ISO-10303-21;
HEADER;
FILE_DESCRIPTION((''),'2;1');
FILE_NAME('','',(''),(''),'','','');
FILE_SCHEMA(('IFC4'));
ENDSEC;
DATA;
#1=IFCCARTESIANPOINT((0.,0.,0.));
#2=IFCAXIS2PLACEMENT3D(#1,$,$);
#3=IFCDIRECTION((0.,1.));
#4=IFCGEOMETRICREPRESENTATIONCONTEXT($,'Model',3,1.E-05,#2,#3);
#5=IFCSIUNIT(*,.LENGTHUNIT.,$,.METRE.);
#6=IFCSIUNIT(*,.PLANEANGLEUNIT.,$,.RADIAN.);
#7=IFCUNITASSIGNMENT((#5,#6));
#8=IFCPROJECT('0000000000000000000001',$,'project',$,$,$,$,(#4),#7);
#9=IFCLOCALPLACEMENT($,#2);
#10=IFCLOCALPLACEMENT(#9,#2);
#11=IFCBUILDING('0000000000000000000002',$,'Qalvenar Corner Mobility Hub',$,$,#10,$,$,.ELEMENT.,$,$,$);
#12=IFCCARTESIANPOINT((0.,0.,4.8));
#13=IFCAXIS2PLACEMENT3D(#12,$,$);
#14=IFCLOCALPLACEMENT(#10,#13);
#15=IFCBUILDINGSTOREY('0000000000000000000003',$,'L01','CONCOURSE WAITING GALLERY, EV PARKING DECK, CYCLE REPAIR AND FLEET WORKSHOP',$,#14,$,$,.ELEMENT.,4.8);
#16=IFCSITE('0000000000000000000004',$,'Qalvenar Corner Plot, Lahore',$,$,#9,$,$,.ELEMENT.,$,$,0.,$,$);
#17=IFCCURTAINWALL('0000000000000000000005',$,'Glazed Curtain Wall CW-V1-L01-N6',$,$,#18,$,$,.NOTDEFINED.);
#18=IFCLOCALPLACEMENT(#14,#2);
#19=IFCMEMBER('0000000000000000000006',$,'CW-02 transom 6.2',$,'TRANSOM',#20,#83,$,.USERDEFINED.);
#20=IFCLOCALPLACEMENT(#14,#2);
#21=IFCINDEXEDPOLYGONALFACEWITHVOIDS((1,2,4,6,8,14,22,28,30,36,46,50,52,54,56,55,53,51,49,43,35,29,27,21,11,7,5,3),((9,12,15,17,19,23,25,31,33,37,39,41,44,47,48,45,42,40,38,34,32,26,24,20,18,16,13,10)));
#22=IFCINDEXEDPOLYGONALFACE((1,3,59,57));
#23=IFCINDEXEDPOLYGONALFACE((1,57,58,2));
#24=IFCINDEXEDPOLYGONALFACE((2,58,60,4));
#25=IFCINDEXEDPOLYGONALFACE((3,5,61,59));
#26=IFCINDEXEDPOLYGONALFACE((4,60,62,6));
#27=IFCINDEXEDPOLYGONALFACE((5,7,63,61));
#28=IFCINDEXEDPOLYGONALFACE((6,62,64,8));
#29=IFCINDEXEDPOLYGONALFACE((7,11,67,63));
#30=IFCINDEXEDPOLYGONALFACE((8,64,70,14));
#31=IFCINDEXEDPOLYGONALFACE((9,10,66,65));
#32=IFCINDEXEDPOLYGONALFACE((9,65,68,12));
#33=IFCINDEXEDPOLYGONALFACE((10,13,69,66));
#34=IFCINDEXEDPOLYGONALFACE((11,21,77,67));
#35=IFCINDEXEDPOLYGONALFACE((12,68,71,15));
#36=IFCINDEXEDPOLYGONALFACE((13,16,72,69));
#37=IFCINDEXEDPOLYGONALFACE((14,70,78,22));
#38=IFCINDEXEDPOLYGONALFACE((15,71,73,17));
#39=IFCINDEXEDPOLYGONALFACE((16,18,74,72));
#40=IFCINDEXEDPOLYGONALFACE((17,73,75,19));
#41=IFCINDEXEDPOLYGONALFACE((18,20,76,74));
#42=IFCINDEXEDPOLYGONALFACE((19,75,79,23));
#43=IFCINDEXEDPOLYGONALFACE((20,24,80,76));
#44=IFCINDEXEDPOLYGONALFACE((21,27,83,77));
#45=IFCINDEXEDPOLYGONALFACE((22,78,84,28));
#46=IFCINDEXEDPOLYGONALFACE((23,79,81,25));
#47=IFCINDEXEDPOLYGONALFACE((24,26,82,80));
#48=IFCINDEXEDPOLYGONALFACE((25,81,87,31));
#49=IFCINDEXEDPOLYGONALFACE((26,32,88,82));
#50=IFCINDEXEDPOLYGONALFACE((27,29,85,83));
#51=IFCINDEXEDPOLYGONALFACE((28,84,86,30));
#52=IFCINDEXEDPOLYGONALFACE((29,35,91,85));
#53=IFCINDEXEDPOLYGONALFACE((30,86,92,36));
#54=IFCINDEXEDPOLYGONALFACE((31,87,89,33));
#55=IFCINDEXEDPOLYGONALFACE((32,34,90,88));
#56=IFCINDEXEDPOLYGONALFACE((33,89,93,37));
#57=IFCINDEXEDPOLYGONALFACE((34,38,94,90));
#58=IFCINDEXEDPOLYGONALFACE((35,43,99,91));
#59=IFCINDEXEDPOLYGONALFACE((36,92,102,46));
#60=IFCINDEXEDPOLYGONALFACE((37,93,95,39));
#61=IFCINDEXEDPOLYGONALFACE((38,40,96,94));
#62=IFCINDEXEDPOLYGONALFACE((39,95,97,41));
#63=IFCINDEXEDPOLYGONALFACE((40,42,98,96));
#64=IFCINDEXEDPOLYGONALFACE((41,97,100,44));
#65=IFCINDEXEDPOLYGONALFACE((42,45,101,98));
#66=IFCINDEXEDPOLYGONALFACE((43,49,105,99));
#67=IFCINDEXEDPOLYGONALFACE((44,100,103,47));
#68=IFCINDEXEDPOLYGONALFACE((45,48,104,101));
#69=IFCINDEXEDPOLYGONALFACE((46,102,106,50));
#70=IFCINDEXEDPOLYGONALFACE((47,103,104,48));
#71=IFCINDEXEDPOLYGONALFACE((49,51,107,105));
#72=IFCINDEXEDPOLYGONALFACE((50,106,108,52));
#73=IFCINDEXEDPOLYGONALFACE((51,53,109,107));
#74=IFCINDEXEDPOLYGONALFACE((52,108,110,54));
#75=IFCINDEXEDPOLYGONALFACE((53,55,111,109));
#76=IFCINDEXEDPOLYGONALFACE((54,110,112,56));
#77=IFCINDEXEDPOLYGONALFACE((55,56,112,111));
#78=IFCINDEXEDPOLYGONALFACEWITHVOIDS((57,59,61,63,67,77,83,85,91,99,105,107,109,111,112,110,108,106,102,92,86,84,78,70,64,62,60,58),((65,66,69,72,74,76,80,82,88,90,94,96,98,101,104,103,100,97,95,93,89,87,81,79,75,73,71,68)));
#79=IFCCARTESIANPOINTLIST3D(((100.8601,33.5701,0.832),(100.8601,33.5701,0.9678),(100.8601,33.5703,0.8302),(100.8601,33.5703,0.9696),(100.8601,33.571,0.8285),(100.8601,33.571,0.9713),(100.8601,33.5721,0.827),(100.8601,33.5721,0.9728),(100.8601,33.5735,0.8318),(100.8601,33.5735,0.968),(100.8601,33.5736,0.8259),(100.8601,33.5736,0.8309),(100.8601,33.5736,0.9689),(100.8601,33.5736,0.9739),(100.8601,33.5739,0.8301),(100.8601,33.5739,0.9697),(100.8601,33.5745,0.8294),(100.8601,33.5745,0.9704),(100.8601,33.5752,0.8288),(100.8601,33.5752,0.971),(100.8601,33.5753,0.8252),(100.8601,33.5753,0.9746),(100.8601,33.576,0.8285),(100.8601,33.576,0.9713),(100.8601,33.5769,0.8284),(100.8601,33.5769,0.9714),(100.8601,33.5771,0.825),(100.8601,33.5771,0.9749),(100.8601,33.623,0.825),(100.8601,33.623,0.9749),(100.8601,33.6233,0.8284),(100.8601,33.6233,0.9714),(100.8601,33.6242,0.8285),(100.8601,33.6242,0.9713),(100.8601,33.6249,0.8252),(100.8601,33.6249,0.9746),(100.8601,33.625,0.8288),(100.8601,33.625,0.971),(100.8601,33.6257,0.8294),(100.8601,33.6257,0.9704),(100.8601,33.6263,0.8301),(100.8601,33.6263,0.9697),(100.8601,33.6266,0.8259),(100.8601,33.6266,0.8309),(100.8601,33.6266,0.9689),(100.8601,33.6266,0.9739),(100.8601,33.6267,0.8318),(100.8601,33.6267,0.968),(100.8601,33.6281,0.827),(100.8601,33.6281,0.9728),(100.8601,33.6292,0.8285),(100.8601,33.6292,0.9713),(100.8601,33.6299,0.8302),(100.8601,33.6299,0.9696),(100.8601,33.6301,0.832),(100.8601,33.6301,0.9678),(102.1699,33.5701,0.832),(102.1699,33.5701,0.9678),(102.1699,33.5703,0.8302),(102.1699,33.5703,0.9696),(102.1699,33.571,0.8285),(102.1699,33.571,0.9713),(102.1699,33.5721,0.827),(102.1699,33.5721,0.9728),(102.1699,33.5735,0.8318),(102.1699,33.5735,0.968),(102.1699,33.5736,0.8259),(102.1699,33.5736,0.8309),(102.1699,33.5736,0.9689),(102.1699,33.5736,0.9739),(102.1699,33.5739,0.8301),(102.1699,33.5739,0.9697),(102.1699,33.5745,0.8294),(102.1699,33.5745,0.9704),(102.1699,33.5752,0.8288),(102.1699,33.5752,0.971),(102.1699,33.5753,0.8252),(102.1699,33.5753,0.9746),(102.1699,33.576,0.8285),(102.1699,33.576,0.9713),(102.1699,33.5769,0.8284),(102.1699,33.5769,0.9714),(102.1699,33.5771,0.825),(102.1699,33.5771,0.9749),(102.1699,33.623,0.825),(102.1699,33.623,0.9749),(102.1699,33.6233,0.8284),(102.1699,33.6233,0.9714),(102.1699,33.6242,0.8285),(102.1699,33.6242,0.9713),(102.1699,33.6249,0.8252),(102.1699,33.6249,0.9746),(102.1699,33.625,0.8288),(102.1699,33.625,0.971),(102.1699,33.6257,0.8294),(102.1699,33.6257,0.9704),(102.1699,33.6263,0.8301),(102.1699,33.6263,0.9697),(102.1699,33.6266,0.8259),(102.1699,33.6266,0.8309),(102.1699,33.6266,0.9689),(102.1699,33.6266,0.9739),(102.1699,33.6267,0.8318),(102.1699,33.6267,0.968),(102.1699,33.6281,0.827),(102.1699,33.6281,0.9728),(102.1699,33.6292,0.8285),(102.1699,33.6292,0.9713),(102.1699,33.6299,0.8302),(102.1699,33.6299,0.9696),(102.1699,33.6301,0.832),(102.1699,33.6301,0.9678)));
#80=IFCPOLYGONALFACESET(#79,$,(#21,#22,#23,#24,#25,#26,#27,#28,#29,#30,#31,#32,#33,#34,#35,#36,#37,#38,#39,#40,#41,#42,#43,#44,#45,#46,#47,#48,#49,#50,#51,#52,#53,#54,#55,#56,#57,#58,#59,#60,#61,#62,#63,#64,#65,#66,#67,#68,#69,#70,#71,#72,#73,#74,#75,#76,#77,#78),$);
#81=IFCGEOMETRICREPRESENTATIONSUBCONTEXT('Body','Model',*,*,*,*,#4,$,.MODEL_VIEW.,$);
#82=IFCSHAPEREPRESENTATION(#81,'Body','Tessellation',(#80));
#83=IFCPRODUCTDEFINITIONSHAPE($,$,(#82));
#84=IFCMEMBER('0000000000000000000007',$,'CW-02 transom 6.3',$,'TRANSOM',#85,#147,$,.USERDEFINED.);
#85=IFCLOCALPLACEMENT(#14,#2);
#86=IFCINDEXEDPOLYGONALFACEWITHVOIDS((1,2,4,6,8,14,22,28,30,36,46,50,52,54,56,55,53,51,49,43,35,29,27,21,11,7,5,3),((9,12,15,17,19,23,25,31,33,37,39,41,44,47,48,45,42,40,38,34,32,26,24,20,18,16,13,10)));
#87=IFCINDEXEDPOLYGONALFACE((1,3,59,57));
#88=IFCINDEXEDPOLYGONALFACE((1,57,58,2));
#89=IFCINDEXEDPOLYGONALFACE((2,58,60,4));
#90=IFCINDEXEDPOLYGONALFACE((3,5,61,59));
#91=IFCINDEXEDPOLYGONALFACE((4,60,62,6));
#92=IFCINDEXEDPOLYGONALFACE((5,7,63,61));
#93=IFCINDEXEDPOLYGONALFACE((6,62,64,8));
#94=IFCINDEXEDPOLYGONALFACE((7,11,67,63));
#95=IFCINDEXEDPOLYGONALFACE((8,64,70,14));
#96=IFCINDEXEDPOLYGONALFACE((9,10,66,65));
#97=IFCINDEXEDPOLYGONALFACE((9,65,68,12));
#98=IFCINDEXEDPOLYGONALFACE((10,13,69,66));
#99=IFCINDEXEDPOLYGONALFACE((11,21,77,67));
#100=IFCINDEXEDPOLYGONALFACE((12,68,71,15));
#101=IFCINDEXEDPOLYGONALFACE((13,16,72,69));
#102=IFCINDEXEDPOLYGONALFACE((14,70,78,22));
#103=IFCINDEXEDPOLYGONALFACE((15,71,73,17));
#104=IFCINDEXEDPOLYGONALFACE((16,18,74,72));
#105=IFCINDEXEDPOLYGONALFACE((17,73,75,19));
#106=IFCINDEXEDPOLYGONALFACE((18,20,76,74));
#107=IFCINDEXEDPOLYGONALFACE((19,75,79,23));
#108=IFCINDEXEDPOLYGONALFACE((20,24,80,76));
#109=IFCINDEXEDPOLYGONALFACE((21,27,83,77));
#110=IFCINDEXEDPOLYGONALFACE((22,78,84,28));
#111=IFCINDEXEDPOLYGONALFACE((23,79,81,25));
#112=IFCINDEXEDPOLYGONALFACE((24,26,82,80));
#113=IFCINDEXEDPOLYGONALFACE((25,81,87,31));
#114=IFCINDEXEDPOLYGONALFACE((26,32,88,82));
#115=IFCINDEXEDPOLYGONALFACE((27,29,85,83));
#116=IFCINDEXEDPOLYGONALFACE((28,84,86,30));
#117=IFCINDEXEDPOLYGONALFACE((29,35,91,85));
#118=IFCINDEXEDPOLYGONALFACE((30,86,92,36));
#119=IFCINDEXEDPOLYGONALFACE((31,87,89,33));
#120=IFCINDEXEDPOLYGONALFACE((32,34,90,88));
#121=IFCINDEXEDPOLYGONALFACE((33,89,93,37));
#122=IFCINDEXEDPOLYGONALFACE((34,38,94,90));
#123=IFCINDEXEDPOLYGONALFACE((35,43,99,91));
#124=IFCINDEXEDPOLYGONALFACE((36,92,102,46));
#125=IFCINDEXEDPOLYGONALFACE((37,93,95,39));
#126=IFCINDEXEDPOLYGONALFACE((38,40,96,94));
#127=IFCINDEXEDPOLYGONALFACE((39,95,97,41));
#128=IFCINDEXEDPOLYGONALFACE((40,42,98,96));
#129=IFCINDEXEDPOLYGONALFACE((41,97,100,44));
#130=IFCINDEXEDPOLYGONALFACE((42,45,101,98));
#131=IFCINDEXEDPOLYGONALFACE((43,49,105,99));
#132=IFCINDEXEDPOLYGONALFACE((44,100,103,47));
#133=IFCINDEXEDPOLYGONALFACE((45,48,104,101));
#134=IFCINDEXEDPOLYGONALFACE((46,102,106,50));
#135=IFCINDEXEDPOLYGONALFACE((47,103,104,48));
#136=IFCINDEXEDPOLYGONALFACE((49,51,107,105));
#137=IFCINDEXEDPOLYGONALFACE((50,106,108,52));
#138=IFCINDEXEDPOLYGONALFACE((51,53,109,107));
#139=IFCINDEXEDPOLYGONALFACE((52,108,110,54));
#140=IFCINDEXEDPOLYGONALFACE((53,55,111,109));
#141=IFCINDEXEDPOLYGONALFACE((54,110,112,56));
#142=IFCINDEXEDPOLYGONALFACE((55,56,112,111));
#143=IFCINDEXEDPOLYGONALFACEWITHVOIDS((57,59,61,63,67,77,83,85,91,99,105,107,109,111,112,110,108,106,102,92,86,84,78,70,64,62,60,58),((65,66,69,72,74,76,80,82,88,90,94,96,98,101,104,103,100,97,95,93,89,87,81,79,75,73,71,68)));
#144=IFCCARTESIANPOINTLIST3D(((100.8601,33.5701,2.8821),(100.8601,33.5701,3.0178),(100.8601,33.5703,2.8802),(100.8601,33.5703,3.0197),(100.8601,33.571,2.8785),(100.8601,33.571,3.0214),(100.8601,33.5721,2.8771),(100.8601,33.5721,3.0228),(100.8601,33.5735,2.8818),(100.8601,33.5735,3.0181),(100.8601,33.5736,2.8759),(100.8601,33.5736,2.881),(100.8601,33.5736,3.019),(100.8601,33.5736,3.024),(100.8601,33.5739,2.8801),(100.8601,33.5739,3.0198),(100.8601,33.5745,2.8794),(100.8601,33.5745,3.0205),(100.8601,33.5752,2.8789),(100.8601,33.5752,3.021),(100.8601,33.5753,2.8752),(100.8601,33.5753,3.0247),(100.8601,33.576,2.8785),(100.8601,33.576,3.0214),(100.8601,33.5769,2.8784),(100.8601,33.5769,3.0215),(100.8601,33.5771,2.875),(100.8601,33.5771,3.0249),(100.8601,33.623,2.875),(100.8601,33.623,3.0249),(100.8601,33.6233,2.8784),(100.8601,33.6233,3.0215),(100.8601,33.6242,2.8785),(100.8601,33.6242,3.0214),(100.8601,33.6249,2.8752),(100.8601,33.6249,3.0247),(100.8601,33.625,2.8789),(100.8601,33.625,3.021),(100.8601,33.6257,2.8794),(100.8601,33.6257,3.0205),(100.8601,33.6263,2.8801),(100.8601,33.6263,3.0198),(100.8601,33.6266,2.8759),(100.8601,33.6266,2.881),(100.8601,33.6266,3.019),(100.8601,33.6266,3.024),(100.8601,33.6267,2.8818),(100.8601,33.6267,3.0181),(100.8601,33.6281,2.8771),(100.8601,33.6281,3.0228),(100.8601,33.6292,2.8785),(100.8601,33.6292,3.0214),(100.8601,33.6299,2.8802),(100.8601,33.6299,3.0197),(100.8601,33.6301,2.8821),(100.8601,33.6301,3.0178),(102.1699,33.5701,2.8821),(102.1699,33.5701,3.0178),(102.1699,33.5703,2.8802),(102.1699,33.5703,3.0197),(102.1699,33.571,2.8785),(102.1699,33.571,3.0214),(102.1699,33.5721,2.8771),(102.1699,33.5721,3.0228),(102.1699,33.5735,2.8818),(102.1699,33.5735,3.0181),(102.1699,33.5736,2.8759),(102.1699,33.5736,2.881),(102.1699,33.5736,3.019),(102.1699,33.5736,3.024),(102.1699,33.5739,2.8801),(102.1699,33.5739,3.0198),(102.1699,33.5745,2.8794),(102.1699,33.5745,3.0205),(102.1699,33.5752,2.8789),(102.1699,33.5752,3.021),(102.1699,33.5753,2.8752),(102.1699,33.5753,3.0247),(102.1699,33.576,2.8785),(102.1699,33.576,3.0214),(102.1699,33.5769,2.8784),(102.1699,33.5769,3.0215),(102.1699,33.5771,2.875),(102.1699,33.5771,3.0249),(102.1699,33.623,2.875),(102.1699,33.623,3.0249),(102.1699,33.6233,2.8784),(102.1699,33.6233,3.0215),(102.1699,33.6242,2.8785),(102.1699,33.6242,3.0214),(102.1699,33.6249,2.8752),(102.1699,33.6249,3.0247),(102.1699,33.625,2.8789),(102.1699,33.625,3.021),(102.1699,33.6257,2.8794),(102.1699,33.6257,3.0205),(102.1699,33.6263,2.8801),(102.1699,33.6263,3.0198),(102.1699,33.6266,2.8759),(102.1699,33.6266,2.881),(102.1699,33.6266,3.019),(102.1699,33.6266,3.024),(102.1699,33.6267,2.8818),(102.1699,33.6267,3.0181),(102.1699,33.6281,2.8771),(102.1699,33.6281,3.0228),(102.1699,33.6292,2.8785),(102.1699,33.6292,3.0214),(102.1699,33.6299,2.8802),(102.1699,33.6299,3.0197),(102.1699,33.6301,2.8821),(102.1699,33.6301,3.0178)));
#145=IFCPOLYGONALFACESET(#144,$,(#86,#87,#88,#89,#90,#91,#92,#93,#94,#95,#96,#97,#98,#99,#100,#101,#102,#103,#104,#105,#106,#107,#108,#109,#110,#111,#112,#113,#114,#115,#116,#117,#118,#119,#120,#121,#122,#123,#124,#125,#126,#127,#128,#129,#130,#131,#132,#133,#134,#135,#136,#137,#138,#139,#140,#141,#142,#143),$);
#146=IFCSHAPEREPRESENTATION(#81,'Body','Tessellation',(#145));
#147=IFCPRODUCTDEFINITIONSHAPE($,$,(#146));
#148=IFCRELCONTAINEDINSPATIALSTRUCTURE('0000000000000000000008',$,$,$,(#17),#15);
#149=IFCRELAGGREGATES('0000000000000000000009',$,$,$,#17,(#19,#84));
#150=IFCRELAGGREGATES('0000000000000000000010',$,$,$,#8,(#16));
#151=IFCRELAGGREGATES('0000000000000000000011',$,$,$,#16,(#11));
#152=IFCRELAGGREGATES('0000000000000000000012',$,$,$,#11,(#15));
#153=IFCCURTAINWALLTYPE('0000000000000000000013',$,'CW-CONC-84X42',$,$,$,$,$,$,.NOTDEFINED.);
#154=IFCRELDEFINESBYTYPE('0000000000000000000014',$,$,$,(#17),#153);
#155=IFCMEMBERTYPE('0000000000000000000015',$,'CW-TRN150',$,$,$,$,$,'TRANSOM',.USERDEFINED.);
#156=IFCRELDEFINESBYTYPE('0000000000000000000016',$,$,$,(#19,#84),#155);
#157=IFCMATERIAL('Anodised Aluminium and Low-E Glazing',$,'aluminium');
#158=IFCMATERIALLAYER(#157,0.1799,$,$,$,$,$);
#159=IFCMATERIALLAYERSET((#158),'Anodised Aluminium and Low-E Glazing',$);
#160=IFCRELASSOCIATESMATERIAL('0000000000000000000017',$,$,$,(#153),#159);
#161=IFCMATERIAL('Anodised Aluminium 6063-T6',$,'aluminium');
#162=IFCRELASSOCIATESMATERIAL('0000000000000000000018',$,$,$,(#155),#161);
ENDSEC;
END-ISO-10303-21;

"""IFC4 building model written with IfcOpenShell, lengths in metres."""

from ifc_helpers import new_model, si_unit, direction, frame, origin, origin_2d, place, context, subcontext, project, spatial, hollow_rectangle, extrude, material, layer, layer_set, material_profile, profile_set, type_object, element, aggregate, save


model = new_model("IFC4")

# Units and contexts
model_context = context("Model", 3, precision=1e-05, world=origin(), true_north=direction((0.0, 1.0)))
body_context = subcontext(model_context, "Body", "Model", "MODEL_VIEW")
ifc_project = project(units=[si_unit("LENGTHUNIT", "METRE"), si_unit("PLANEANGLEUNIT", "RADIAN")], contexts=[model_context])

# Site, building, storey
site_placement = place(None, origin())
site = spatial("IfcSite", under=ifc_project, at=site_placement, Name="Qalvenar Corner Plot, Lahore", CompositionType="ELEMENT", RefElevation=0.0)
building_placement = place(site_placement, origin())
building = spatial("IfcBuilding", under=site, at=building_placement, Name="Qalvenar Corner Mobility Hub", CompositionType="ELEMENT")
storey_placement = place(building_placement, frame((0.0, 0.0, 4.8)))
storey = spatial("IfcBuildingStorey", under=building, at=storey_placement, Name="L01", Description="CONCOURSE WAITING GALLERY, EV PARKING DECK, CYCLE REPAIR AND FLEET WORKSHOP", CompositionType="ELEMENT", Elevation=4.8)

# Curtain wall, members
ifc_material_1 = material(Name="Anodised Aluminium and Low-E Glazing", Category="aluminium")
ifc_layer_1 = layer(ifc_material_1, 0.1799)
ifc_layer_set_1 = layer_set([ifc_layer_1], Name="Anodised Aluminium and Low-E Glazing")
curtain_wall_type = type_object("IfcCurtainWallType", Name="CW-CONC-84X42", PredefinedType="NOTDEFINED", material=ifc_layer_set_1)
curtain_wall_placement = place(storey_placement, origin())
curtain_wall = element("IfcCurtainWall", 1, at=curtain_wall_placement, inside=storey, type_object=curtain_wall_type, Name="Glazed Curtain Wall CW-V1-L01-N6", PredefinedType="NOTDEFINED")
ifc_material_2 = material(Name="Anodised Aluminium 6063-T6", Category="aluminium")
ifc_material_profile_1 = material_profile(ifc_material_2, hollow_rectangle(XDim=0.0601, YDim=0.1499, WallThickness=0.0034, InnerFilletRadius=0.0034, OuterFilletRadius=0.0071, at=origin_2d()), Name="RHS150x60x3.5")
ifc_profile_set_1 = profile_set([ifc_material_profile_1], Name="Anodised Aluminium 6063-T6")
member_type_1 = type_object("IfcMemberType", Name="CW-TRN150", ElementType="TRANSOM", PredefinedType="USERDEFINED", material=ifc_profile_set_1)
member_1_placement = place(storey_placement, frame((102.1699, 33.6001, 0.8999), z_axis=(-1.0, 0.0, 0.0), x_axis=(0.0, -1.0, 0.0)))
member_1 = element("IfcMember", 2, at=member_1_placement, type_object=member_type_1, Name="CW-02 transom 6.2", ObjectType="TRANSOM", PredefinedType="USERDEFINED", context=body_context, shape_type="SweptSolid", body=[
    extrude(hollow_rectangle(XDim=0.0601, YDim=0.1499, WallThickness=0.0034, InnerFilletRadius=0.0034, OuterFilletRadius=0.0071, at=origin_2d()), origin(), (0.0, 0.0, 1.0), 1.3098),
])
member_2_placement = place(storey_placement, frame((102.1699, 33.6001, 2.95), z_axis=(-1.0, 0.0, 0.0), x_axis=(0.0, -1.0, 0.0)))
member_2 = element("IfcMember", 3, at=member_2_placement, type_object=member_type_1, Name="CW-02 transom 6.3", ObjectType="TRANSOM", PredefinedType="USERDEFINED", context=body_context, shape_type="SweptSolid", body=[
    extrude(hollow_rectangle(XDim=0.0601, YDim=0.1499, WallThickness=0.0034, InnerFilletRadius=0.0034, OuterFilletRadius=0.0071, at=origin_2d()), origin(), (0.0, 0.0, 1.0), 1.3098),
])
aggregate(curtain_wall, [member_1, member_2])

save(model, "model.ifc")
